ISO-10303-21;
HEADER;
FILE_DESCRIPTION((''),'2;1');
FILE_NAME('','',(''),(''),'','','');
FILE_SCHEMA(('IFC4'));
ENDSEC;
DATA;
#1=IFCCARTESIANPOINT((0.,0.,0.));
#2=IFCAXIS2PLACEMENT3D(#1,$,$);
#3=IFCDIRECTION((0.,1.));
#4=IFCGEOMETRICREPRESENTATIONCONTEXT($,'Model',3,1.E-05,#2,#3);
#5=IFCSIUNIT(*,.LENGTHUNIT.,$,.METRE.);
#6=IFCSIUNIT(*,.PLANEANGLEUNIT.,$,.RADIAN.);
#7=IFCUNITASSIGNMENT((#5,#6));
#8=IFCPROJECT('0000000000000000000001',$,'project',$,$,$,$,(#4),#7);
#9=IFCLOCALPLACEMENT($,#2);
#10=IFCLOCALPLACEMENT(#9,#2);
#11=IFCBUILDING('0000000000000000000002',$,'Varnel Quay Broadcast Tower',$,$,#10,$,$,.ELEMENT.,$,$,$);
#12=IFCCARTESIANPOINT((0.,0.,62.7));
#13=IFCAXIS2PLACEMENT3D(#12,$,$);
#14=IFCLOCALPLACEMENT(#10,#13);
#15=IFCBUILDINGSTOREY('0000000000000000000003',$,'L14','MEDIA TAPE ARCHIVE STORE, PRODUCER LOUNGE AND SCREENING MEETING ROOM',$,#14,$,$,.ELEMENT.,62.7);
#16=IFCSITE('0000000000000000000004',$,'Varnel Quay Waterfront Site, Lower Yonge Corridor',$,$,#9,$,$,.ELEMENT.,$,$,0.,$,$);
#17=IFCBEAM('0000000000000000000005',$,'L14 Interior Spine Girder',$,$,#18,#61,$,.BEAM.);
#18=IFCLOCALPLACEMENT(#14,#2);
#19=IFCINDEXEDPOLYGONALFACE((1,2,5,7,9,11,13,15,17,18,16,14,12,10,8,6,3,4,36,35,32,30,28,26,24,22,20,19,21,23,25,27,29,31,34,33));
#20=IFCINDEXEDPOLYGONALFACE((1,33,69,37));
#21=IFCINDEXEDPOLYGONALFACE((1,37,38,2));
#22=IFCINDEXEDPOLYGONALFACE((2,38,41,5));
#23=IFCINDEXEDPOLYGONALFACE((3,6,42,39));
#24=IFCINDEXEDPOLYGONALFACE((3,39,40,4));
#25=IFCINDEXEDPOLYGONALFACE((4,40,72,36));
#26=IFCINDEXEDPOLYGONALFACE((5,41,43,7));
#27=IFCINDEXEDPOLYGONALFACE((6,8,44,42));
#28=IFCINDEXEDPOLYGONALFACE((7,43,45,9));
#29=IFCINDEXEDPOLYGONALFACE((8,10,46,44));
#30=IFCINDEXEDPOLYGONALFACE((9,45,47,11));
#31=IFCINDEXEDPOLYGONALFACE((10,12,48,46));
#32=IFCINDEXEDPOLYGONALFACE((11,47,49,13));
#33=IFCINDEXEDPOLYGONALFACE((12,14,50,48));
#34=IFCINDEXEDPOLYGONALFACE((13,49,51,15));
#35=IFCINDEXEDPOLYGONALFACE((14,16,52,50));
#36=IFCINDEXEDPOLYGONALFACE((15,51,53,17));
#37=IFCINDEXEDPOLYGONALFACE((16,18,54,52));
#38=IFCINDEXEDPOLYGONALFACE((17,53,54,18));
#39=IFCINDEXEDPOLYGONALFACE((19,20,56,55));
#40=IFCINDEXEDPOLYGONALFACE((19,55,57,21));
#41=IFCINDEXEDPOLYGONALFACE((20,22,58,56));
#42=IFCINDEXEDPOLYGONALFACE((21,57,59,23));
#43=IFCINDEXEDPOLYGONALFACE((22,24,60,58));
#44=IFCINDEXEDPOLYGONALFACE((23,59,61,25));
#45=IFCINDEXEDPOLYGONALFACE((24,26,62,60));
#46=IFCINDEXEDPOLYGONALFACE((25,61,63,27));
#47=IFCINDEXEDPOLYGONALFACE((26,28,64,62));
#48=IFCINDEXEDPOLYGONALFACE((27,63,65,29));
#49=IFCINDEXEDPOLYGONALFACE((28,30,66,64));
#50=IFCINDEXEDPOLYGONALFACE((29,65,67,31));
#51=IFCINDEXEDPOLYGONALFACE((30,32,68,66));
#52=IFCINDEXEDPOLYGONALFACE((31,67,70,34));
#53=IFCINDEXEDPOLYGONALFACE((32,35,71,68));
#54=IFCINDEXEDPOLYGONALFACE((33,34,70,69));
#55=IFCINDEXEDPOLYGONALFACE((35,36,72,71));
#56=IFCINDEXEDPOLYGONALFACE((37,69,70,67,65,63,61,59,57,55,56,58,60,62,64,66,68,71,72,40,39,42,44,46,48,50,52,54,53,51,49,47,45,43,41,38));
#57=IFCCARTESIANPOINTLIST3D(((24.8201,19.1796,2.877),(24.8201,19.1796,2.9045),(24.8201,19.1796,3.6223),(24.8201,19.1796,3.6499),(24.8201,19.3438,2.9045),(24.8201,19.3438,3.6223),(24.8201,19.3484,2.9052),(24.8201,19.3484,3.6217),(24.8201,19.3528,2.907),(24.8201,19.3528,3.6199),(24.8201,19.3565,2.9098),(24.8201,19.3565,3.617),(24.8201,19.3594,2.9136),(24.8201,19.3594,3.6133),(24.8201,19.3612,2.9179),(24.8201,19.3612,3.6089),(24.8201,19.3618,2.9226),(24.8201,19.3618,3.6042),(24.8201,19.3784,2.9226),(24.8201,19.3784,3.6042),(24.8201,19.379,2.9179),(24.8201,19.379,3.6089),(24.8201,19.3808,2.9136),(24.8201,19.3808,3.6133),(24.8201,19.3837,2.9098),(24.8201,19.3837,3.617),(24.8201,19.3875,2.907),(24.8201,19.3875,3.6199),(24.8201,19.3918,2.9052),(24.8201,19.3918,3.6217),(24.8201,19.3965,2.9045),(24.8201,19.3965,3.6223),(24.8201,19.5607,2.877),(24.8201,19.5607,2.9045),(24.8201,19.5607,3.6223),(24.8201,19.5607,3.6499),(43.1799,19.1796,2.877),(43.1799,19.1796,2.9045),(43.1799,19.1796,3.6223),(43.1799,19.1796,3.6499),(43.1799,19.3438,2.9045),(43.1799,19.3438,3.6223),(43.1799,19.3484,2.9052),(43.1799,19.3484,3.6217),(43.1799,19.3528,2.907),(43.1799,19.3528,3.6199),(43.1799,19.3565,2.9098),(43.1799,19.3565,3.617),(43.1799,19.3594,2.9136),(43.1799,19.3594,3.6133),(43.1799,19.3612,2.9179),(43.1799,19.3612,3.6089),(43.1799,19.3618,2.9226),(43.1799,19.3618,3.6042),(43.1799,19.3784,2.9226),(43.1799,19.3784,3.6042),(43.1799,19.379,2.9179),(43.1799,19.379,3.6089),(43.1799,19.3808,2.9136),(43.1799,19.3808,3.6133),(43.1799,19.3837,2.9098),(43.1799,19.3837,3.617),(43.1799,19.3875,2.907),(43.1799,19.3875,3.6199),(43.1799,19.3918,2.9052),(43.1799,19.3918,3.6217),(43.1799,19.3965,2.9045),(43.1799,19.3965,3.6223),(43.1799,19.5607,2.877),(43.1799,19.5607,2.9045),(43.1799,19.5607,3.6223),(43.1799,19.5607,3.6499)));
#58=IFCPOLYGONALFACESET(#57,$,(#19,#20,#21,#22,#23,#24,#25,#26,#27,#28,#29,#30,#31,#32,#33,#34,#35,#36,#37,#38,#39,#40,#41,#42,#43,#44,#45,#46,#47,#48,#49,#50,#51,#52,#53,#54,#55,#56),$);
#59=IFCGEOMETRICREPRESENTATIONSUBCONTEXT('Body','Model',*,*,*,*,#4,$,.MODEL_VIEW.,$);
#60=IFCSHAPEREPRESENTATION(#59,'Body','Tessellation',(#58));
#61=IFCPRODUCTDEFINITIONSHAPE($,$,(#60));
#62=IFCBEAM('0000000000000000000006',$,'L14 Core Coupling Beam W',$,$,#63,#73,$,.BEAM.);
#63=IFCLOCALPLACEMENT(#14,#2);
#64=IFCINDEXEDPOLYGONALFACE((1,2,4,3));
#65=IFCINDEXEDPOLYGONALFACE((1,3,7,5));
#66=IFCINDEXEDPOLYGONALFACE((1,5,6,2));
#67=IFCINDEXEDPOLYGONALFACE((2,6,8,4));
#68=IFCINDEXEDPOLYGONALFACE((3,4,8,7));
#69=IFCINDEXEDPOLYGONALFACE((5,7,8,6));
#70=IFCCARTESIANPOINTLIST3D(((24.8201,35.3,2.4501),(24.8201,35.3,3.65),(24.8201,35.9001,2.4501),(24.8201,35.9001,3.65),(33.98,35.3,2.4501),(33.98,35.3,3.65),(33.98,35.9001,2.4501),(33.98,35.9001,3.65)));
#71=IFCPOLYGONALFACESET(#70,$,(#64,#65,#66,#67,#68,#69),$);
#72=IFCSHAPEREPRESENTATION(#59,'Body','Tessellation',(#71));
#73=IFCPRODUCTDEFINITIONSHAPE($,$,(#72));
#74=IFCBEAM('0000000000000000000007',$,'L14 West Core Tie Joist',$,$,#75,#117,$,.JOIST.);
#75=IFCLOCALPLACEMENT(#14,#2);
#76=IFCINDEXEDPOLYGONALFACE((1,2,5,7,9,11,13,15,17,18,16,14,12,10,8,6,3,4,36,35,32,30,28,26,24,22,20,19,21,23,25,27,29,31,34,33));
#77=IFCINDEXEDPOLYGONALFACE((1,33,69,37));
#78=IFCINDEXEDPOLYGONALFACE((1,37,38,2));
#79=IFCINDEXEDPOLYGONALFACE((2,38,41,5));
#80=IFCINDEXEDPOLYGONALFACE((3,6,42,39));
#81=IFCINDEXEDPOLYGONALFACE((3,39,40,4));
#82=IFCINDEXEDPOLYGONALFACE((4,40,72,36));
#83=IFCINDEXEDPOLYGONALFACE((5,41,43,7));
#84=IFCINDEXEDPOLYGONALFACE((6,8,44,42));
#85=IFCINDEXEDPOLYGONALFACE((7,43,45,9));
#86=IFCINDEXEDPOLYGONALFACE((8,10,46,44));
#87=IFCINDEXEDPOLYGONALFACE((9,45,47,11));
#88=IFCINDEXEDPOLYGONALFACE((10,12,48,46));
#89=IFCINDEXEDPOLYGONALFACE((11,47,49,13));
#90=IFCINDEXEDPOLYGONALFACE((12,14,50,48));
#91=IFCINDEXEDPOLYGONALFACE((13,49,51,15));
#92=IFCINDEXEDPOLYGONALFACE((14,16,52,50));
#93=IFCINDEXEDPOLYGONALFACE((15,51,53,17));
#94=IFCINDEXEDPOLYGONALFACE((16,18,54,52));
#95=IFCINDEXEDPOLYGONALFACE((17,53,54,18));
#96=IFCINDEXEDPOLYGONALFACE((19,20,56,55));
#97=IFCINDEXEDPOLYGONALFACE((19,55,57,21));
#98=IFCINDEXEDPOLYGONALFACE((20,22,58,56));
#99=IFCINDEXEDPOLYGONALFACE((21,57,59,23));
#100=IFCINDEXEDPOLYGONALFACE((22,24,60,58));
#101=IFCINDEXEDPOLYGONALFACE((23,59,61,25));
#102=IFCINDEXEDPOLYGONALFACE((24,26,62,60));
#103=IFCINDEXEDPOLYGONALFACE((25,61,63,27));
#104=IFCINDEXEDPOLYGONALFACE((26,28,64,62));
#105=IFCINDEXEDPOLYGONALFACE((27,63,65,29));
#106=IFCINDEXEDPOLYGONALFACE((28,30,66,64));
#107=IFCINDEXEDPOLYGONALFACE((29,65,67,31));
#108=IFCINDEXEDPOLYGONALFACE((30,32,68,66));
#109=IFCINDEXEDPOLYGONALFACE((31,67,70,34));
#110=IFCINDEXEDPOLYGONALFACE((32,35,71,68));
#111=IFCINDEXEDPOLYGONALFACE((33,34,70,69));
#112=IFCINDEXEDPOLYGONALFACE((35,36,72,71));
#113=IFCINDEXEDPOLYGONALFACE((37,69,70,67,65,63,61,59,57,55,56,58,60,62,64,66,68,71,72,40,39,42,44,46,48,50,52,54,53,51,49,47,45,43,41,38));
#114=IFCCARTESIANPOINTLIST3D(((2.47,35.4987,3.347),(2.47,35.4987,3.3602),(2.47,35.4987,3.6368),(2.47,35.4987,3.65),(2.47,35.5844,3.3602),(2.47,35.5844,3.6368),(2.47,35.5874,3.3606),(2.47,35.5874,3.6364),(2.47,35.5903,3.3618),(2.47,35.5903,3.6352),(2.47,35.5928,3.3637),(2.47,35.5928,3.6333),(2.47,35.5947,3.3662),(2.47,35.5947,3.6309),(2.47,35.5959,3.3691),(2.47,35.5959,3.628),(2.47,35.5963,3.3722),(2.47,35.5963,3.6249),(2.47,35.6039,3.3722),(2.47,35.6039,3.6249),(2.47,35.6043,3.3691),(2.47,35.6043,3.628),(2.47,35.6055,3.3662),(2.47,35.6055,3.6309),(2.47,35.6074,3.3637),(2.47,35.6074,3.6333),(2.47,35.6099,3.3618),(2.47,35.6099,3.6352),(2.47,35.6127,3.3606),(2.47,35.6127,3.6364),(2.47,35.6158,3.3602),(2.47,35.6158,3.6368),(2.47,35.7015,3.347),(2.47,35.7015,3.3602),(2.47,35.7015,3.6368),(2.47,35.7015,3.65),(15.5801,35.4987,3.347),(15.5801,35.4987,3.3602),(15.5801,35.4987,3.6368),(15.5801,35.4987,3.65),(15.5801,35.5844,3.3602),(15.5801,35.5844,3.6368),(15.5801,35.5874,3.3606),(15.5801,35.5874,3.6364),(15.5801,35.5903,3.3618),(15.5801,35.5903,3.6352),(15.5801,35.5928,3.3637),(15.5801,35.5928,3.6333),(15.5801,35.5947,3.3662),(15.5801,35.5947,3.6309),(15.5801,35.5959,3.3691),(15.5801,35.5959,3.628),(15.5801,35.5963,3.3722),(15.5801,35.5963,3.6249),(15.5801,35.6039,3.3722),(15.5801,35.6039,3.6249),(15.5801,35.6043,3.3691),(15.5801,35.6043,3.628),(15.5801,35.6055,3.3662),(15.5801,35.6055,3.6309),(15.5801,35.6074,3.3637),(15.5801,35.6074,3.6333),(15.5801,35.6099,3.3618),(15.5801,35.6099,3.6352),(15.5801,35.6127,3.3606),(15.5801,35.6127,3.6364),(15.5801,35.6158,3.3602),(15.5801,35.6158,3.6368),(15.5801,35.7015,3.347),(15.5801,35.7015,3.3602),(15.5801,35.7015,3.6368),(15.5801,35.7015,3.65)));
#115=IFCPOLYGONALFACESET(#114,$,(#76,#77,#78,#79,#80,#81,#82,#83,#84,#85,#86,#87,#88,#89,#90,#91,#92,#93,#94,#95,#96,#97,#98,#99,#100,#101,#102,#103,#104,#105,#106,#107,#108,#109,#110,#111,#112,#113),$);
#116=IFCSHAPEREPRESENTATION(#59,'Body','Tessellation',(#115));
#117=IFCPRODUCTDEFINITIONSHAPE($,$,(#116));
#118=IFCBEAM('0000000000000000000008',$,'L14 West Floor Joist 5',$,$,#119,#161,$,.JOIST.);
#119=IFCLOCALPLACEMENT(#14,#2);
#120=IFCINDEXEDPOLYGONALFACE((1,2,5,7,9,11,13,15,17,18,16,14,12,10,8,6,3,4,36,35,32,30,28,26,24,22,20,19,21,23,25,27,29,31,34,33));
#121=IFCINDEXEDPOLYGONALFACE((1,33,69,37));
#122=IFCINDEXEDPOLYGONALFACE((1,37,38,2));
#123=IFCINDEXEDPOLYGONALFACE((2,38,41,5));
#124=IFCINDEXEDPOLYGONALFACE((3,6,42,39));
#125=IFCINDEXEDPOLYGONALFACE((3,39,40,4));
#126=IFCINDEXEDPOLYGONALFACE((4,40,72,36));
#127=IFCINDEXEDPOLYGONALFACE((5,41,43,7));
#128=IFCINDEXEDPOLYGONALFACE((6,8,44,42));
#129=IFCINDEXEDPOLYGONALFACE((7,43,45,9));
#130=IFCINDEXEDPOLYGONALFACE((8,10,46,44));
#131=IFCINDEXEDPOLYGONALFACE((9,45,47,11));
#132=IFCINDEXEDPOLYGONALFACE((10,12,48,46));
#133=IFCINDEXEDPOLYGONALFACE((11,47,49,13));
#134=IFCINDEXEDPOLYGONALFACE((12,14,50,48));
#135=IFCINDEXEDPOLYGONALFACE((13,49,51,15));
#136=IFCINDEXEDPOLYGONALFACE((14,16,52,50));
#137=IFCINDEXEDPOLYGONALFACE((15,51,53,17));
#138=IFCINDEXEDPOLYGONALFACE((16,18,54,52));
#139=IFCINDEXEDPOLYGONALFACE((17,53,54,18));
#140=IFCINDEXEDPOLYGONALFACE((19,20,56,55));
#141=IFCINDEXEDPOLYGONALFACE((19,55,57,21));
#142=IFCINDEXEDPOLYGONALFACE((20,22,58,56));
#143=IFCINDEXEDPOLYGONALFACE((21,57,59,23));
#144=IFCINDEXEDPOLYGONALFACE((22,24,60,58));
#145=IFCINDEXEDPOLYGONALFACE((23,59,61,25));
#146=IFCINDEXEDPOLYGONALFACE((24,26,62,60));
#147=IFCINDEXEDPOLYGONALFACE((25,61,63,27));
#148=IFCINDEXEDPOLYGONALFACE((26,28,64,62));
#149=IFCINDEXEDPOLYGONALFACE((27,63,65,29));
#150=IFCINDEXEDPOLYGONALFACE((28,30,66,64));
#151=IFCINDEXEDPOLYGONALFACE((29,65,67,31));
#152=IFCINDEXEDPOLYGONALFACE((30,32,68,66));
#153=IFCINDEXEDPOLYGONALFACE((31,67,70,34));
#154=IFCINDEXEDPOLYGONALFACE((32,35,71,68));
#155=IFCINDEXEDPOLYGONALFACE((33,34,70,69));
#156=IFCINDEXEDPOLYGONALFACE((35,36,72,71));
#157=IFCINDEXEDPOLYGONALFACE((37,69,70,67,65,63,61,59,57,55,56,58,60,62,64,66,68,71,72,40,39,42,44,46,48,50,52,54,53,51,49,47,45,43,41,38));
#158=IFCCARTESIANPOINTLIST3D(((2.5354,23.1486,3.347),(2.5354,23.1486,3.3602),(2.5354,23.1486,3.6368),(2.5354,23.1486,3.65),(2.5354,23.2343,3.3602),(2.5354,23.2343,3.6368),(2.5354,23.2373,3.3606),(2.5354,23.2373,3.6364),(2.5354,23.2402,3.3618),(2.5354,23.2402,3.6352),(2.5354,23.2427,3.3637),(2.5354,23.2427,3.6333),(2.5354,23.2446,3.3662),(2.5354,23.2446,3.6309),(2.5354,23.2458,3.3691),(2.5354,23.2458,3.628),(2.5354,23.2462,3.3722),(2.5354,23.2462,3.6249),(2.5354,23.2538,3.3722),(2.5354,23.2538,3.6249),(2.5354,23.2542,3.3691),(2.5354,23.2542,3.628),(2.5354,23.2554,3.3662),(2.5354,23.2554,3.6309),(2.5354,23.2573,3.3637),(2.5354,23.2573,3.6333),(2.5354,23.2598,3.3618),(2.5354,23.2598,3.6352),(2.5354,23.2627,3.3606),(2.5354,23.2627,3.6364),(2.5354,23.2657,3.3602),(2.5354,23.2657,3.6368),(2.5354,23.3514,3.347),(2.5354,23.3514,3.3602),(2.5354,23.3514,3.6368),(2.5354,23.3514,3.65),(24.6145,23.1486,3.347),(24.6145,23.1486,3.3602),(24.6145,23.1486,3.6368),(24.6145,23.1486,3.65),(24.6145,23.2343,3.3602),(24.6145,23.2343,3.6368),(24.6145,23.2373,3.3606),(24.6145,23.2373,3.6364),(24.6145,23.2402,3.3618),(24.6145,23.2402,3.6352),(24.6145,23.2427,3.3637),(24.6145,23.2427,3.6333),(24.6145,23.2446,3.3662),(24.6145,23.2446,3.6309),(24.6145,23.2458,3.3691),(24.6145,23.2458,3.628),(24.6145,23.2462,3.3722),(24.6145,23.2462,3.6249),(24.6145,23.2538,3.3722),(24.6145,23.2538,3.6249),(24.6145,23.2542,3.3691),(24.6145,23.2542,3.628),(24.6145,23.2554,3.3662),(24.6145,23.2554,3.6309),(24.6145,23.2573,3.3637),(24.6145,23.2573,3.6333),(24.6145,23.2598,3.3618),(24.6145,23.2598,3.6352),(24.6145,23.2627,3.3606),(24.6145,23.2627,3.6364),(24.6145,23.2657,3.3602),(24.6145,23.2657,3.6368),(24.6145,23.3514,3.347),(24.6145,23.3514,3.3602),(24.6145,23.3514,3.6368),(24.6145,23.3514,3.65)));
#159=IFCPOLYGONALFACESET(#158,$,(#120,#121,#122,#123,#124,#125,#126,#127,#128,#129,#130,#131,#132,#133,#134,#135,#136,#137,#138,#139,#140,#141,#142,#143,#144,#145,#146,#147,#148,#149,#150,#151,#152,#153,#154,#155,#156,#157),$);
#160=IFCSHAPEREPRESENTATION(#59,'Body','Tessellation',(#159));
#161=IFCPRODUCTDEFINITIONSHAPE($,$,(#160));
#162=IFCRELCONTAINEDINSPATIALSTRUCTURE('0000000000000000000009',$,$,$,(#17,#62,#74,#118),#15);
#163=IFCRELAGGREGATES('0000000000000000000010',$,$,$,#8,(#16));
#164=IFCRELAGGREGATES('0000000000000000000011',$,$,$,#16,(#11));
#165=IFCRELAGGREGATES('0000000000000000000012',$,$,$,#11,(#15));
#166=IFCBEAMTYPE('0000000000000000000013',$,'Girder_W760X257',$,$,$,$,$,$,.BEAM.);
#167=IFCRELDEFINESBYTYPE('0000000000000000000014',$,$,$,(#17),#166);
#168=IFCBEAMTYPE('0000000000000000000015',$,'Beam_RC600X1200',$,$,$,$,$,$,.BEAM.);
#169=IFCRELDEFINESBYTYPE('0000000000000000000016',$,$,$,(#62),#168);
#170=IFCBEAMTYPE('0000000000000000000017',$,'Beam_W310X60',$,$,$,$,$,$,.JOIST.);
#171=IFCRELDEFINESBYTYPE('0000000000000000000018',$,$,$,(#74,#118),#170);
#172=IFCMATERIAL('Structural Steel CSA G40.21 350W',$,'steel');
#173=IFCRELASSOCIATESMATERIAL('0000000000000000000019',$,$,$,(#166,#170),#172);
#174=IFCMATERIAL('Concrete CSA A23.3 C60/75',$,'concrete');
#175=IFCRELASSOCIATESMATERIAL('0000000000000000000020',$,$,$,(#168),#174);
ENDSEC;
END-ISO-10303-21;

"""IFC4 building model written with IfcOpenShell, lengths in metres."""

from ifc_helpers import new_model, si_unit, direction, frame, origin, origin_2d, place, context, subcontext, project, spatial, rectangle, i_section, extrude, source, transform, mapped, material, material_profile, profile_set, type_object, type_shapes, element, save


model = new_model("IFC4")

# Units and contexts
model_context = context("Model", 3, precision=1e-05, world=origin(), true_north=direction((0.0, 1.0)))
body_context = subcontext(model_context, "Body", "Model", "MODEL_VIEW")
ifc_project = project(units=[si_unit("LENGTHUNIT", "METRE"), si_unit("PLANEANGLEUNIT", "RADIAN")], contexts=[model_context])

# Site, building, storey
site_placement = place(None, origin())
site = spatial("IfcSite", under=ifc_project, at=site_placement, Name="Varnel Quay Waterfront Site, Lower Yonge Corridor", CompositionType="ELEMENT", RefElevation=0.0)
building_placement = place(site_placement, origin())
building = spatial("IfcBuilding", under=site, at=building_placement, Name="Varnel Quay Broadcast Tower", CompositionType="ELEMENT")
storey_placement = place(building_placement, frame((0.0, 0.0, 62.7)))
storey = spatial("IfcBuildingStorey", under=building, at=storey_placement, Name="L14", Description="MEDIA TAPE ARCHIVE STORE, PRODUCER LOUNGE AND SCREENING MEETING ROOM", CompositionType="ELEMENT", Elevation=62.7)

# Shared definitions
ifc_material_1 = material(Name="Structural Steel CSA G40.21 350W", Category="steel")
ifc_material_2 = material(Name="Concrete CSA A23.3 C60/75", Category="concrete")

# Beams
ifc_material_profile_1 = material_profile(ifc_material_1, i_section(OverallWidth=0.3811, OverallDepth=0.7729, WebThickness=0.0166, FlangeThickness=0.0276, FilletRadius=0.0181, at=origin_2d()), Name="W760X257")
ifc_profile_set_1 = profile_set([ifc_material_profile_1], Name="Structural Steel CSA G40.21 350W")
beam_type_1 = type_object("IfcBeamType", Name="Girder_W760X257", PredefinedType="BEAM", material=ifc_profile_set_1)
shared_shape_1 = source(origin(), body_context, "Body", "SweptSolid", [
    extrude(i_section(OverallWidth=0.3811, OverallDepth=0.7729, WebThickness=0.0166, FlangeThickness=0.0276, FilletRadius=0.0181, at=origin_2d()), origin(), (0.0, 0.0, 1.0), 18.3599),
])
beam_1_placement = place(storey_placement, frame((24.8201, 19.3701, 3.2634), z_axis=(1.0, 0.0, 0.0), x_axis=(0.0, 1.0, 0.0)))
element("IfcBeam", 1, at=beam_1_placement, inside=storey, type_object=beam_type_1, Name="L14 Interior Spine Girder", PredefinedType="BEAM", context=body_context, shape_type="MappedRepresentation", body=[
    mapped(shared_shape_1, transform((0.0, 0.0, 0.0), x_axis=(1.0, 0.0, 0.0), y_axis=(0.0, 1.0, 0.0), z_axis=(0.0, 0.0, 1.0), scale=1.0)),
])
ifc_material_profile_2 = material_profile(ifc_material_2, rectangle(XDim=0.6001, YDim=1.2, at=origin_2d()), Name="RC600X1200")
ifc_profile_set_2 = profile_set([ifc_material_profile_2], Name="Concrete CSA A23.3 C60/75")
beam_type_2 = type_object("IfcBeamType", Name="Beam_RC600X1200", PredefinedType="BEAM", material=ifc_profile_set_2)
shared_shape_2 = source(origin(), body_context, "Body", "SweptSolid", [
    extrude(rectangle(XDim=0.6001, YDim=1.2, at=origin_2d()), origin(), (0.0, 0.0, 1.0), 9.1599),
])
type_shapes(beam_type_2, [shared_shape_2])
beam_2_placement = place(storey_placement, frame((24.8201, 35.6001, 3.05), z_axis=(1.0, 0.0, 0.0), x_axis=(0.0, 1.0, 0.0)))
element("IfcBeam", 2, at=beam_2_placement, inside=storey, type_object=beam_type_2, Name="L14 Core Coupling Beam W", PredefinedType="BEAM", context=body_context, shape_type="MappedRepresentation", body=[
    mapped(shared_shape_2, transform((0.0, 0.0, 0.0), x_axis=(1.0, 0.0, 0.0), y_axis=(0.0, 1.0, 0.0), z_axis=(0.0, 0.0, 1.0), scale=1.0)),
])
ifc_material_profile_3 = material_profile(ifc_material_1, i_section(OverallWidth=0.2029, OverallDepth=0.303, WebThickness=0.0076, FlangeThickness=0.0132, FilletRadius=0.012, at=origin_2d()), Name="W310X60")
ifc_profile_set_3 = profile_set([ifc_material_profile_3], Name="Structural Steel CSA G40.21 350W")
beam_type_3 = type_object("IfcBeamType", Name="Beam_W310X60", PredefinedType="JOIST", material=ifc_profile_set_3)
shared_shape_3 = source(origin(), body_context, "Body", "SweptSolid", [
    extrude(i_section(OverallWidth=0.2029, OverallDepth=0.303, WebThickness=0.0076, FlangeThickness=0.0132, FilletRadius=0.012, at=origin_2d()), origin(), (0.0, 0.0, 1.0), 13.1101),
])
beam_3_placement = place(storey_placement, frame((2.47, 35.6001, 3.4985), z_axis=(1.0, 0.0, 0.0), x_axis=(0.0, 1.0, 0.0)))
element("IfcBeam", 3, at=beam_3_placement, inside=storey, type_object=beam_type_3, Name="L14 West Core Tie Joist", PredefinedType="JOIST", context=body_context, shape_type="MappedRepresentation", body=[
    mapped(shared_shape_3, transform((0.0, 0.0, 0.0), x_axis=(1.0, 0.0, 0.0), y_axis=(0.0, 1.0, 0.0), z_axis=(0.0, 0.0, 1.0), scale=1.0)),
])
shared_shape_4 = source(origin(), body_context, "Body", "SweptSolid", [
    extrude(i_section(OverallWidth=0.2029, OverallDepth=0.303, WebThickness=0.0076, FlangeThickness=0.0132, FilletRadius=0.012, at=origin_2d()), origin(), (0.0, 0.0, 1.0), 22.0791),
])
beam_4_placement = place(storey_placement, frame((2.5354, 23.25, 3.4985), z_axis=(1.0, 0.0, 0.0), x_axis=(0.0, 1.0, 0.0)))
element("IfcBeam", 4, at=beam_4_placement, inside=storey, type_object=beam_type_3, Name="L14 West Floor Joist 5", PredefinedType="JOIST", context=body_context, shape_type="MappedRepresentation", body=[
    mapped(shared_shape_4, transform((0.0, 0.0, 0.0), x_axis=(1.0, 0.0, 0.0), y_axis=(0.0, 1.0, 0.0), z_axis=(0.0, 0.0, 1.0), scale=1.0)),
])

save(model, "model.ifc")
